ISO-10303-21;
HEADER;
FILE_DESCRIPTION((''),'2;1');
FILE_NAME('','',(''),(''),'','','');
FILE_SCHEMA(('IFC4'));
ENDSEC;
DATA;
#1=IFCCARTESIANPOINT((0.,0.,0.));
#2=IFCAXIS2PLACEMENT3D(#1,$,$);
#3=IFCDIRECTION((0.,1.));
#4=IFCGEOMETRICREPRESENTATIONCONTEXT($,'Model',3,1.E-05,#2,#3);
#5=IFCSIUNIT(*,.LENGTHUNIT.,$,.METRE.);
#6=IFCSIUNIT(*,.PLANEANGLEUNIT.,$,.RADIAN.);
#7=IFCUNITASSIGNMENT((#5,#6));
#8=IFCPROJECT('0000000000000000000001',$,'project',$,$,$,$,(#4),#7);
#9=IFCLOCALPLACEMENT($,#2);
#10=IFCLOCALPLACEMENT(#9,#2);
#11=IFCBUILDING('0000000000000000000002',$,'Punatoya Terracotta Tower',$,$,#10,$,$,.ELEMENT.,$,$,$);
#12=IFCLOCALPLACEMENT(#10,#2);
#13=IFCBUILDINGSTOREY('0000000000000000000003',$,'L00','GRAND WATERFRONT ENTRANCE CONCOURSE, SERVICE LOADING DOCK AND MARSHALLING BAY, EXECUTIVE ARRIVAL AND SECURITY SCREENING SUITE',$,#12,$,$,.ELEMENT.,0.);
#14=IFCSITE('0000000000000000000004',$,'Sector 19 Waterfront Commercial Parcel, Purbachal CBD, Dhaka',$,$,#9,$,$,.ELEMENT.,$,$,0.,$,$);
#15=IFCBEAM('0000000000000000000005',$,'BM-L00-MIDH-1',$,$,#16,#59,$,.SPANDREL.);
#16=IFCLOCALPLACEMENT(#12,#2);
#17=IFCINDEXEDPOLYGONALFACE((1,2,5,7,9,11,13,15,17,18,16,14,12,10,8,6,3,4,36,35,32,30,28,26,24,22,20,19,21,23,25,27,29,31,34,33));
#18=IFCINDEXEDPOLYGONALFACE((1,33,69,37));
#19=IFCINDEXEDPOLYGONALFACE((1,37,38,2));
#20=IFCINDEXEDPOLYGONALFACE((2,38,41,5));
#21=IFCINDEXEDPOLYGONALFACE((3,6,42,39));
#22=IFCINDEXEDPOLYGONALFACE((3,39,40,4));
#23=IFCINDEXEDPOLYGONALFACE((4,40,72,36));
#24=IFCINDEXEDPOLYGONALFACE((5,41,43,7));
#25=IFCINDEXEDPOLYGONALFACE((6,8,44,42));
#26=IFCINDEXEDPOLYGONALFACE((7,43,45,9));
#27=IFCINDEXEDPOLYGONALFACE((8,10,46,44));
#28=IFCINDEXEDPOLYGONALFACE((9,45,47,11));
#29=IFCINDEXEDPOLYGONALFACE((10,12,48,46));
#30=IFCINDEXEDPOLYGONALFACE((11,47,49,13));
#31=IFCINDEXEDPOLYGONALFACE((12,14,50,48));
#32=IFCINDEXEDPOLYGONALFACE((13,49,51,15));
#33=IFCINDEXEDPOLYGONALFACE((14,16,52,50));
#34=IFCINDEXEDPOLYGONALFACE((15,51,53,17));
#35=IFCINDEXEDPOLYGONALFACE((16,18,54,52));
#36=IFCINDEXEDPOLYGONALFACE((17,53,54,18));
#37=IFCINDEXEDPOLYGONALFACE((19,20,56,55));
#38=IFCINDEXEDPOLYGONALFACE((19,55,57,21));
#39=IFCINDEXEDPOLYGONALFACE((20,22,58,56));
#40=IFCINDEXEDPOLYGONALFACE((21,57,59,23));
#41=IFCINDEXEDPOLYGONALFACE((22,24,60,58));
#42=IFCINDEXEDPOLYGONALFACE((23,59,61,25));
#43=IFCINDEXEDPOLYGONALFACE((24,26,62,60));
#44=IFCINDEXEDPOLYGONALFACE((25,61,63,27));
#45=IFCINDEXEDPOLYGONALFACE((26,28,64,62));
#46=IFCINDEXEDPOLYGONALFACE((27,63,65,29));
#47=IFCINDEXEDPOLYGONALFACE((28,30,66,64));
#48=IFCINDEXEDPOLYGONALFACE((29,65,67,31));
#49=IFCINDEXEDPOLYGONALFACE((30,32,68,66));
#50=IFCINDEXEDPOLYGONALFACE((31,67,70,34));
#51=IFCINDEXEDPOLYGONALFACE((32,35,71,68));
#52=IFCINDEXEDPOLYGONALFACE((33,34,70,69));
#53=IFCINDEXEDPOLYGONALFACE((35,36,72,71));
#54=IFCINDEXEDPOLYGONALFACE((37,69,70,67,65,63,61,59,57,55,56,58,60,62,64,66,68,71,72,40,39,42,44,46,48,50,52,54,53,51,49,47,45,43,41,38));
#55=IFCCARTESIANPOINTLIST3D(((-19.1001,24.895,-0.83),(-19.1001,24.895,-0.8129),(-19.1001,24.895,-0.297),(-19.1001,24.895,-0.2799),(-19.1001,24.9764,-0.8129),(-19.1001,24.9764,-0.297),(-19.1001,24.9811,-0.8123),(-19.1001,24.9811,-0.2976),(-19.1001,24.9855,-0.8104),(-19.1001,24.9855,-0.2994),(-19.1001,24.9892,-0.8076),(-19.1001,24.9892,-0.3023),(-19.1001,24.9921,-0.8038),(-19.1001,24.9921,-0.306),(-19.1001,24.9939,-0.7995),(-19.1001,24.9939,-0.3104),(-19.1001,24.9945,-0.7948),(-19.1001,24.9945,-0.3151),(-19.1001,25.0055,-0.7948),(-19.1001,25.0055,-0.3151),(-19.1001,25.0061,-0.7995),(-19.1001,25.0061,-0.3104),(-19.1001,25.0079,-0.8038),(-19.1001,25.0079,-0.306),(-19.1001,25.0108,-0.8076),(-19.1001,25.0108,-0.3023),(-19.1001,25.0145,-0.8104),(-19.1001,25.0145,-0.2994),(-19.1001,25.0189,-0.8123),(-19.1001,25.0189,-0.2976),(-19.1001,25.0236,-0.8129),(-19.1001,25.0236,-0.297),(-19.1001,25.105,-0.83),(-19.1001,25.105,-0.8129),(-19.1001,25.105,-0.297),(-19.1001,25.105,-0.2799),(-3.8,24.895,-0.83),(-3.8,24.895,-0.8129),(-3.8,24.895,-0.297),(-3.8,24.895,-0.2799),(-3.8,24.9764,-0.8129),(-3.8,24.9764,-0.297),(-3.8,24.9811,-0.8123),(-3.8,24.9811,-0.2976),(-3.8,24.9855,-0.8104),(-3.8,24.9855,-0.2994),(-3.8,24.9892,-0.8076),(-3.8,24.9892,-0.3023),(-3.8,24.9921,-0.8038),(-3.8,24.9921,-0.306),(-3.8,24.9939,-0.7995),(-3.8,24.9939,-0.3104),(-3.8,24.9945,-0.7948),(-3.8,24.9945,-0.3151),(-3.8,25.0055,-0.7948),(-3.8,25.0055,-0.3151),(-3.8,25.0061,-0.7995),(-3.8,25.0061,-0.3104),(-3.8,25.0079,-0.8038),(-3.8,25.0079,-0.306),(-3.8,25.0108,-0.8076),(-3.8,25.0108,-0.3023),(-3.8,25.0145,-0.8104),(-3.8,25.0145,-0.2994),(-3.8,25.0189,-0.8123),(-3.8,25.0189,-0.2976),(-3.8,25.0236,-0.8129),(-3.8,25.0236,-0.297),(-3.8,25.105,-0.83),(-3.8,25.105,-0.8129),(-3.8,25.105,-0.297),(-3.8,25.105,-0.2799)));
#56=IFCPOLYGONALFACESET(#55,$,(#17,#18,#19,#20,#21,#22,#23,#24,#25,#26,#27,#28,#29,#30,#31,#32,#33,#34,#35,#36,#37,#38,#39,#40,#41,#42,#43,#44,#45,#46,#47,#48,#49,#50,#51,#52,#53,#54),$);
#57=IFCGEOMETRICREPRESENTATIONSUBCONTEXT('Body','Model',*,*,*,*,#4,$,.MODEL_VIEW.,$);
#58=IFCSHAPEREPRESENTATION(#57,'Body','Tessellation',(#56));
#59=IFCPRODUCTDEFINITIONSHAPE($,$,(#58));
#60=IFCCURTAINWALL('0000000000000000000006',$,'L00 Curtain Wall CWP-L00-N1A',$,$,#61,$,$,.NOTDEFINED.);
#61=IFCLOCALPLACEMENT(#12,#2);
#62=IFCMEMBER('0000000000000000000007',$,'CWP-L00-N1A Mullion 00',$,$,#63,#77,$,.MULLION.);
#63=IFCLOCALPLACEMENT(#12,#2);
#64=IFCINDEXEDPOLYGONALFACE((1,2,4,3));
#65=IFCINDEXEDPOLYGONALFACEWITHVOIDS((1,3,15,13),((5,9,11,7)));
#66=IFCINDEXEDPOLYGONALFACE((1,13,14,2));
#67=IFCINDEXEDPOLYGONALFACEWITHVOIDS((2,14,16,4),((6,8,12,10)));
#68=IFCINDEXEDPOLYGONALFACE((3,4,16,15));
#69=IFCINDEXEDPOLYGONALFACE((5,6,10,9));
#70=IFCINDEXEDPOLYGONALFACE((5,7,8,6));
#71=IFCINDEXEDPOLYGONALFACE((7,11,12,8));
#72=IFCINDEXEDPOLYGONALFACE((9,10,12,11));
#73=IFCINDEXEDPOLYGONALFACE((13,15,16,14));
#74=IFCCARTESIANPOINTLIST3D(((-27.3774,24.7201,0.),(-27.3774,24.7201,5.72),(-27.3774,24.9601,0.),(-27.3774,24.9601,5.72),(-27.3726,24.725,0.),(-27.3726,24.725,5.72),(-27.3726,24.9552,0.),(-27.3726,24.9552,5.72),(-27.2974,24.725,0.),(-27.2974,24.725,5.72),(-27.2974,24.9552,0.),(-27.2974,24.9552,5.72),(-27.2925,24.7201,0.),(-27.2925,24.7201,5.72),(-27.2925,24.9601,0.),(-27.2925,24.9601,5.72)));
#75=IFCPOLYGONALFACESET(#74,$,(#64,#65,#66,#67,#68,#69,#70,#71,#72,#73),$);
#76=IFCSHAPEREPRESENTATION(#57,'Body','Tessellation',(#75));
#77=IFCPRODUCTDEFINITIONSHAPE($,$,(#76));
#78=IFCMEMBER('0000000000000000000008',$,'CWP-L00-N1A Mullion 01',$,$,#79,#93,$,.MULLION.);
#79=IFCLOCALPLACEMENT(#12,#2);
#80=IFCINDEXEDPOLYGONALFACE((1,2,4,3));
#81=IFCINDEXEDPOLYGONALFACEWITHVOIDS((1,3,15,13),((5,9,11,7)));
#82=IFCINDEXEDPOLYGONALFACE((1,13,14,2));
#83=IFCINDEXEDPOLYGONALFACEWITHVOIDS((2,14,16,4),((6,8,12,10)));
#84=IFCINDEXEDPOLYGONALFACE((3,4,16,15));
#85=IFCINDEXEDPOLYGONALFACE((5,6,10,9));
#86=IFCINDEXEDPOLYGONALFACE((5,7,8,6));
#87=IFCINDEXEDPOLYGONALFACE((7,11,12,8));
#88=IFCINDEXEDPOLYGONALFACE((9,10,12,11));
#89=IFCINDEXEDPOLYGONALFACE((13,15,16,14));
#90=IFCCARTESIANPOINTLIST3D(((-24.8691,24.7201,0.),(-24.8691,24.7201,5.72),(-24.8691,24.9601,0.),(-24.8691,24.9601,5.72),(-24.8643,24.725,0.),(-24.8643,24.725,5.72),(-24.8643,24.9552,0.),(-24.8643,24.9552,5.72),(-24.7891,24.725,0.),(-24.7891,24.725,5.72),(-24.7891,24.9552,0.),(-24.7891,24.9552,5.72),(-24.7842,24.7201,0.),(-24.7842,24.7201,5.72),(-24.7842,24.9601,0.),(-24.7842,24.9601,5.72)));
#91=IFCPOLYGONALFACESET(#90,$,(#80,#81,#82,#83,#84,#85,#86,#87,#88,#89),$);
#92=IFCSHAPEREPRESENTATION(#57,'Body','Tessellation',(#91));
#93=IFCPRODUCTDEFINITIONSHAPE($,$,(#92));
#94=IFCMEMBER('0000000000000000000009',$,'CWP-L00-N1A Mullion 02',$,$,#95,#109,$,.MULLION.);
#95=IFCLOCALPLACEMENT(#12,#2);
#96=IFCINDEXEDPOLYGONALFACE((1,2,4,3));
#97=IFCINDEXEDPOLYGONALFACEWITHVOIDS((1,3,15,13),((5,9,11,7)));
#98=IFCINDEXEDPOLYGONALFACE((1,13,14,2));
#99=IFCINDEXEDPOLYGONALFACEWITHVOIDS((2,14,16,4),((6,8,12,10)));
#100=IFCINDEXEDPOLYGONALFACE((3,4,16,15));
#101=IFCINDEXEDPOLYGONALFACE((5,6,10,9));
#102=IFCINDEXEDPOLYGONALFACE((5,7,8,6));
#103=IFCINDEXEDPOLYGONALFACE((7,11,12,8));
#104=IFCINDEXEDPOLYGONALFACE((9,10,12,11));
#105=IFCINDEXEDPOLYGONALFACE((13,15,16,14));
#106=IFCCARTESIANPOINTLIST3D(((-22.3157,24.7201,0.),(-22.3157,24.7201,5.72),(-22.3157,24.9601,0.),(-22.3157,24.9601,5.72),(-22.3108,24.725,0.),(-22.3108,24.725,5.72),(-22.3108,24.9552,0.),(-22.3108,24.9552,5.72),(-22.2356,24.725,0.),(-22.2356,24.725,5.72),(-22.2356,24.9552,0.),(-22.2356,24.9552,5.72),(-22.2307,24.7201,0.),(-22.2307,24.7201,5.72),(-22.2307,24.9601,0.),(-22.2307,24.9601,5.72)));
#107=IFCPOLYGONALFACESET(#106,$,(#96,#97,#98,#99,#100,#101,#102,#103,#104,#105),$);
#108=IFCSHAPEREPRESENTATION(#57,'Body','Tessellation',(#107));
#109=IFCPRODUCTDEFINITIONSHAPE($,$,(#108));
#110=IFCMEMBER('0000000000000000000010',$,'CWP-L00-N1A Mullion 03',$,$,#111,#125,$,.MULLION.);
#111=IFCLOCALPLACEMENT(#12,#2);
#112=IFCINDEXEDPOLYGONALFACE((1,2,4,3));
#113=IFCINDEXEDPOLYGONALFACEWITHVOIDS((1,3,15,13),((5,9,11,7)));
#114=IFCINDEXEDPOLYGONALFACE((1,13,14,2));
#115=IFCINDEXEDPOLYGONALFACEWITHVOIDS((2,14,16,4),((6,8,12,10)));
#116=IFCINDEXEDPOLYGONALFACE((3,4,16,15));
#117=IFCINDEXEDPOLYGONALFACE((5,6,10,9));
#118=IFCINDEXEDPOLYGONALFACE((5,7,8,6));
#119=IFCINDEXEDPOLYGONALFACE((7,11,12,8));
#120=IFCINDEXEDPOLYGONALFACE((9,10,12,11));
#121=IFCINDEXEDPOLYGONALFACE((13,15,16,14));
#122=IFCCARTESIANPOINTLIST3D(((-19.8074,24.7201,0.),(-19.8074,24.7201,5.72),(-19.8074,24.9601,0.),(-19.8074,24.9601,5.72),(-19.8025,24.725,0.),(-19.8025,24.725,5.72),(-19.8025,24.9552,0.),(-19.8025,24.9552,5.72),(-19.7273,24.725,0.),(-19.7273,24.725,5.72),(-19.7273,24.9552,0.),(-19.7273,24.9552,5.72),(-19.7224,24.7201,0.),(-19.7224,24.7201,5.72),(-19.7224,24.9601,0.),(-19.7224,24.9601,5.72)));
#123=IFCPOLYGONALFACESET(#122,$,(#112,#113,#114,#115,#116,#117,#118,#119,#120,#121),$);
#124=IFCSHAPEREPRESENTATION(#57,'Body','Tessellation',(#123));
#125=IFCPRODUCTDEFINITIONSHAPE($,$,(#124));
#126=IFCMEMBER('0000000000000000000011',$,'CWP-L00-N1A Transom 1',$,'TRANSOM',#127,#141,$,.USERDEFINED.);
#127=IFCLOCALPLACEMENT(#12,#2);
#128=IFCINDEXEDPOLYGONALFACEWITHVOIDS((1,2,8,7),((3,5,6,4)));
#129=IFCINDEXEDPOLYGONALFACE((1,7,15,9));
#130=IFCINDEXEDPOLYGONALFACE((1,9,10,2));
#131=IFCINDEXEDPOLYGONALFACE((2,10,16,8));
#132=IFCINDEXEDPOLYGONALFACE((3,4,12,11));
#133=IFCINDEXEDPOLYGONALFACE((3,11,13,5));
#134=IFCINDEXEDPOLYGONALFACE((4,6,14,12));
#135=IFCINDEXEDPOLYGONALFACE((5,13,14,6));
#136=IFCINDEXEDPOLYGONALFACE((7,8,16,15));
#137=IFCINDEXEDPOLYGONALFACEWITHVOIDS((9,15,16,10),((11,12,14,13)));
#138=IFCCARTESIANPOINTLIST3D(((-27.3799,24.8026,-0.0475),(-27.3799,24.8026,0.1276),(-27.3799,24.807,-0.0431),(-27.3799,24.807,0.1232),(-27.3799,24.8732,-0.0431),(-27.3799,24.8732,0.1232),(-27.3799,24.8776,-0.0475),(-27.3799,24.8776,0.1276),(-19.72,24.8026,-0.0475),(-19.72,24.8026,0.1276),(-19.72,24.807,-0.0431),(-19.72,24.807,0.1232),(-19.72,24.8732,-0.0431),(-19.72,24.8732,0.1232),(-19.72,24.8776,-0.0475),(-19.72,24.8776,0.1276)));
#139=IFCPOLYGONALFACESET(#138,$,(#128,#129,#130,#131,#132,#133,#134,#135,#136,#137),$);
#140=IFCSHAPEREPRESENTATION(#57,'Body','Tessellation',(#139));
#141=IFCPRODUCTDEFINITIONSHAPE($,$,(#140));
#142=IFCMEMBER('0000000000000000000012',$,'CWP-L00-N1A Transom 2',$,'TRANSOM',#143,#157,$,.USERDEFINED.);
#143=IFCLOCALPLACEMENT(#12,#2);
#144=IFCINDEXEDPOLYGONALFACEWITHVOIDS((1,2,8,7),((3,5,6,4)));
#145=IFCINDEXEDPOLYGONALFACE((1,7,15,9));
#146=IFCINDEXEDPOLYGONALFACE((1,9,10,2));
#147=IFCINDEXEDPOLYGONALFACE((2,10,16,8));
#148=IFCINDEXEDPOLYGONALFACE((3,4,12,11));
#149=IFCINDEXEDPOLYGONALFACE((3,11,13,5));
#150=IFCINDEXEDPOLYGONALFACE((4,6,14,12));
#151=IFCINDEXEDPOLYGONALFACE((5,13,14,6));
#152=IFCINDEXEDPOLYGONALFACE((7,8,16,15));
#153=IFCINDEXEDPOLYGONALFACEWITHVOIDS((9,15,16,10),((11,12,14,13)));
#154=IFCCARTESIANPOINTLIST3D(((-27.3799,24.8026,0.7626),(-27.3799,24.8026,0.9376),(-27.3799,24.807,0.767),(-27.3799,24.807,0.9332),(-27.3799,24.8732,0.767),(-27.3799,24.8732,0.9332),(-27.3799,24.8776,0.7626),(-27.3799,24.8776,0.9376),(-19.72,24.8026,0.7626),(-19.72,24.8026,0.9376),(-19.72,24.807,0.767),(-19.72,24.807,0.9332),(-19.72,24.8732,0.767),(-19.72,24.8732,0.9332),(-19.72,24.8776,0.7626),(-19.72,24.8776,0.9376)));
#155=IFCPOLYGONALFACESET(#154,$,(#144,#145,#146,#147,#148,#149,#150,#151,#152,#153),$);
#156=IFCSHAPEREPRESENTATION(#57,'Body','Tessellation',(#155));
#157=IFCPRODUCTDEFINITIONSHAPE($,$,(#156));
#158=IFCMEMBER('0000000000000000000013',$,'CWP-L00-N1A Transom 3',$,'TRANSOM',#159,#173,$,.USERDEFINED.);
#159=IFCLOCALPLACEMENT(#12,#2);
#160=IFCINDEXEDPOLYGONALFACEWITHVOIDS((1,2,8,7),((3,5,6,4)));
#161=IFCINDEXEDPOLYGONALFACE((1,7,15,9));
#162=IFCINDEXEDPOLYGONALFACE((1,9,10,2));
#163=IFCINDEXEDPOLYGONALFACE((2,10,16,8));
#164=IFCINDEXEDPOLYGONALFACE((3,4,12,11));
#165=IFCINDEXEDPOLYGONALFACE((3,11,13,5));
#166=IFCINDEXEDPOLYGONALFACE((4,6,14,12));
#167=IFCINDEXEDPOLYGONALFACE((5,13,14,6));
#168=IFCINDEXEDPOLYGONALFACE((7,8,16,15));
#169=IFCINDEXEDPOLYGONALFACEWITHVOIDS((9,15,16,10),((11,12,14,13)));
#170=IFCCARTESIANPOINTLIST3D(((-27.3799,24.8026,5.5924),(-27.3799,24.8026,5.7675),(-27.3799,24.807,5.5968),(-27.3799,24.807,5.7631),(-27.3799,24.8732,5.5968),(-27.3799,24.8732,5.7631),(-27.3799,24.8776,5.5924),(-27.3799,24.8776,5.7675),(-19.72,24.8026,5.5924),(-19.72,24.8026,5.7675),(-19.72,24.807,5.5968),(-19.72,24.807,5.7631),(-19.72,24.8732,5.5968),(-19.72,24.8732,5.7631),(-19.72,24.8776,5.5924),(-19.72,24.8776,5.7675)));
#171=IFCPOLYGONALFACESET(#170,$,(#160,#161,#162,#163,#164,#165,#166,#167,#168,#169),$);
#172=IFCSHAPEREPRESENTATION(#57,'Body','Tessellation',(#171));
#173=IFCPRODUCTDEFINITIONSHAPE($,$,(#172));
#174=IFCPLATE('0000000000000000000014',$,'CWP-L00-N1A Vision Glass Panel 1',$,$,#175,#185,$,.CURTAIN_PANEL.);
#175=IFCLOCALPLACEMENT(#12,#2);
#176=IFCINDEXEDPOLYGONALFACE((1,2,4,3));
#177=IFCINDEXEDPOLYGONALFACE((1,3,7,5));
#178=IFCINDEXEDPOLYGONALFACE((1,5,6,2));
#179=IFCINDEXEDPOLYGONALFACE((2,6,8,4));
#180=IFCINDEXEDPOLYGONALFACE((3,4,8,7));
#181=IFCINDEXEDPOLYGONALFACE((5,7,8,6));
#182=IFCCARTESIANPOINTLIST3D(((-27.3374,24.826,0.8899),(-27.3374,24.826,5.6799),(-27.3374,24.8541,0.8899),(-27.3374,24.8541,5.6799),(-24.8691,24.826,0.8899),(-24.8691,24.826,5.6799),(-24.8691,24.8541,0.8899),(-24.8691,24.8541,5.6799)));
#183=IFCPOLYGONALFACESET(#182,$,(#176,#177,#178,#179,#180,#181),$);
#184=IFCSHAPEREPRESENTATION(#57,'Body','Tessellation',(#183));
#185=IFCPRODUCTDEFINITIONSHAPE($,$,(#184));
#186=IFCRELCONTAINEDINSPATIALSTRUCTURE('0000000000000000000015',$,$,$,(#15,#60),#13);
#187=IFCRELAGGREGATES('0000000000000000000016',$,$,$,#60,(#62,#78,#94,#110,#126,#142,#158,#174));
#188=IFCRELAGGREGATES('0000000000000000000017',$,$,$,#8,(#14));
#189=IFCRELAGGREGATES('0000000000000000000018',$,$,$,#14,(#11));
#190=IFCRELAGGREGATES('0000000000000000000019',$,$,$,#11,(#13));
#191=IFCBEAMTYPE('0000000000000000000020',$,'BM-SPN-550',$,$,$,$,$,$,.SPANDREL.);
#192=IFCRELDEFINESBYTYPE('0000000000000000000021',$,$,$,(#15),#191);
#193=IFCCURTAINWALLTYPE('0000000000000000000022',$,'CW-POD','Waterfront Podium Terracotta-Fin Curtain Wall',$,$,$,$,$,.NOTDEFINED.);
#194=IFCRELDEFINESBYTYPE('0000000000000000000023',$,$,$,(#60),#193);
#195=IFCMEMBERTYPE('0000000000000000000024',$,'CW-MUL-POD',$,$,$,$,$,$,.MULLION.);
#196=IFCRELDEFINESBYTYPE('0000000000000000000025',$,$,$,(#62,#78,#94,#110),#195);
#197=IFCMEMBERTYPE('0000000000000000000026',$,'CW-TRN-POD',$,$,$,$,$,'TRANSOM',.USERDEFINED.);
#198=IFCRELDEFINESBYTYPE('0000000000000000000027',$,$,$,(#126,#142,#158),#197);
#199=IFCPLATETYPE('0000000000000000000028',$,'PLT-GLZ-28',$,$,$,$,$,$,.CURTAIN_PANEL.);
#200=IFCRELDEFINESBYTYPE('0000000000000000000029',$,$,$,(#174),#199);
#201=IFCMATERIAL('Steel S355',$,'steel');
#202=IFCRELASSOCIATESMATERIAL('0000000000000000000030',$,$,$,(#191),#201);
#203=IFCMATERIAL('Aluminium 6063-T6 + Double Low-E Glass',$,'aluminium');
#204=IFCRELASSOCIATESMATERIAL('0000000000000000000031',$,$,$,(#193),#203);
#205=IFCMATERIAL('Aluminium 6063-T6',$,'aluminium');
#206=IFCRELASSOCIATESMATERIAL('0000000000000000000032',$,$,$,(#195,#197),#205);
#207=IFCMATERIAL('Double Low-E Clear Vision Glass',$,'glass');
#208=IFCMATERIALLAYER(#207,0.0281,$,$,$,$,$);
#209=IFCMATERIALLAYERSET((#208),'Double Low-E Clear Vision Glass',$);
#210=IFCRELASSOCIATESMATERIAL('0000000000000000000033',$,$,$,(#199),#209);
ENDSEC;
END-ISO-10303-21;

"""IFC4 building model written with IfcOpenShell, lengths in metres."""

from ifc_helpers import new_model, si_unit, direction, frame, origin, origin_2d, place, context, subcontext, project, spatial, rectangle, hollow_rectangle, i_section, extrude, material, layer, layer_set, material_profile, profile_set, type_object, element, aggregate, save


model = new_model("IFC4")

# Units and contexts
model_context = context("Model", 3, precision=1e-05, world=origin(), true_north=direction((0.0, 1.0)))
body_context = subcontext(model_context, "Body", "Model", "MODEL_VIEW")
ifc_project = project(units=[si_unit("LENGTHUNIT", "METRE"), si_unit("PLANEANGLEUNIT", "RADIAN")], contexts=[model_context])

# Site, building, storey
site_placement = place(None, origin())
site = spatial("IfcSite", under=ifc_project, at=site_placement, Name="Sector 19 Waterfront Commercial Parcel, Purbachal CBD, Dhaka", CompositionType="ELEMENT", RefElevation=0.0)
building_placement = place(site_placement, origin())
building = spatial("IfcBuilding", under=site, at=building_placement, Name="Punatoya Terracotta Tower", CompositionType="ELEMENT")
storey_placement = place(building_placement, origin())
storey = spatial("IfcBuildingStorey", under=building, at=storey_placement, Name="L00", Description="GRAND WATERFRONT ENTRANCE CONCOURSE, SERVICE LOADING DOCK AND MARSHALLING BAY, EXECUTIVE ARRIVAL AND SECURITY SCREENING SUITE", CompositionType="ELEMENT", Elevation=0.0)

# Beam
ifc_material_1 = material(Name="Steel S355", Category="steel")
ifc_material_profile_1 = material_profile(ifc_material_1, i_section(OverallWidth=0.21, OverallDepth=0.55, WebThickness=0.011, FlangeThickness=0.0171, FilletRadius=0.0181, at=origin_2d()))
ifc_profile_set_1 = profile_set([ifc_material_profile_1], Name="Steel S355")
beam_type_1 = type_object("IfcBeamType", Name="BM-SPN-550", PredefinedType="SPANDREL", material=ifc_profile_set_1)
beam_1_placement = place(storey_placement, frame((-19.1001, 25.0, -0.5549), z_axis=(1.0, 0.0, 0.0), x_axis=(0.0, 1.0, 0.0)))
element("IfcBeam", 1, at=beam_1_placement, inside=storey, type_object=beam_type_1, Name="BM-L00-MIDH-1", PredefinedType="SPANDREL", context=body_context, shape_type="SweptSolid", body=[
    extrude(i_section(OverallWidth=0.21, OverallDepth=0.55, WebThickness=0.011, FlangeThickness=0.0171, FilletRadius=0.0181, at=origin_2d()), origin(), (0.0, 0.0, 1.0), 15.3),
])

# Curtain wall, members, plate
ifc_material_2 = material(Name="Aluminium 6063-T6 + Double Low-E Glass", Category="aluminium")
curtain_wall_type = type_object("IfcCurtainWallType", Name="CW-POD", Description="Waterfront Podium Terracotta-Fin Curtain Wall", PredefinedType="NOTDEFINED", material=ifc_material_2)
curtain_wall_placement = place(storey_placement, origin())
curtain_wall = element("IfcCurtainWall", 2, at=curtain_wall_placement, inside=storey, type_object=curtain_wall_type, Name="L00 Curtain Wall CWP-L00-N1A", PredefinedType="NOTDEFINED")
ifc_material_3 = material(Name="Aluminium 6063-T6", Category="aluminium")
ifc_material_profile_2 = material_profile(ifc_material_3, hollow_rectangle(XDim=0.085, YDim=0.24, WallThickness=0.0049, at=origin_2d()))
ifc_profile_set_2 = profile_set([ifc_material_profile_2], Name="Aluminium 6063-T6")
member_type_1 = type_object("IfcMemberType", Name="CW-MUL-POD", PredefinedType="MULLION", material=ifc_profile_set_2)
member_1_placement = place(storey_placement, frame((-27.335, 24.8401, 0.0), z_axis=(0.0, 0.0, 1.0), x_axis=(1.0, 0.0, 0.0)))
member_1 = element("IfcMember", 3, at=member_1_placement, type_object=member_type_1, Name="CWP-L00-N1A Mullion 00", PredefinedType="MULLION", context=body_context, shape_type="SweptSolid", body=[
    extrude(hollow_rectangle(XDim=0.085, YDim=0.24, WallThickness=0.0049, at=origin_2d()), origin(), (0.0, 0.0, 1.0), 5.72),
])
member_2_placement = place(storey_placement, frame((-24.8267, 24.8401, 0.0), z_axis=(0.0, 0.0, 1.0), x_axis=(1.0, 0.0, 0.0)))
member_2 = element("IfcMember", 4, at=member_2_placement, type_object=member_type_1, Name="CWP-L00-N1A Mullion 01", PredefinedType="MULLION", context=body_context, shape_type="SweptSolid", body=[
    extrude(hollow_rectangle(XDim=0.085, YDim=0.24, WallThickness=0.0049, at=origin_2d()), origin(), (0.0, 0.0, 1.0), 5.72),
])
member_3_placement = place(storey_placement, frame((-22.2732, 24.8401, 0.0), z_axis=(0.0, 0.0, 1.0), x_axis=(1.0, 0.0, 0.0)))
member_3 = element("IfcMember", 5, at=member_3_placement, type_object=member_type_1, Name="CWP-L00-N1A Mullion 02", PredefinedType="MULLION", context=body_context, shape_type="SweptSolid", body=[
    extrude(hollow_rectangle(XDim=0.085, YDim=0.24, WallThickness=0.0049, at=origin_2d()), origin(), (0.0, 0.0, 1.0), 5.72),
])
member_4_placement = place(storey_placement, frame((-19.7649, 24.8401, 0.0), z_axis=(0.0, 0.0, 1.0), x_axis=(1.0, 0.0, 0.0)))
member_4 = element("IfcMember", 6, at=member_4_placement, type_object=member_type_1, Name="CWP-L00-N1A Mullion 03", PredefinedType="MULLION", context=body_context, shape_type="SweptSolid", body=[
    extrude(hollow_rectangle(XDim=0.085, YDim=0.24, WallThickness=0.0049, at=origin_2d()), origin(), (0.0, 0.0, 1.0), 5.72),
])
ifc_material_profile_3 = material_profile(ifc_material_3, hollow_rectangle(XDim=0.075, YDim=0.175, WallThickness=0.0044, at=origin_2d()))
ifc_profile_set_3 = profile_set([ifc_material_profile_3], Name="Aluminium 6063-T6")
member_type_2 = type_object("IfcMemberType", Name="CW-TRN-POD", ElementType="TRANSOM", PredefinedType="USERDEFINED", material=ifc_profile_set_3)
member_5_placement = place(storey_placement, frame((-27.3799, 24.8401, 0.04), z_axis=(1.0, 0.0, 0.0), x_axis=(0.0, 1.0, 0.0)))
member_5 = element("IfcMember", 7, at=member_5_placement, type_object=member_type_2, Name="CWP-L00-N1A Transom 1", ObjectType="TRANSOM", PredefinedType="USERDEFINED", context=body_context, shape_type="SweptSolid", body=[
    extrude(hollow_rectangle(XDim=0.075, YDim=0.175, WallThickness=0.0044, at=origin_2d()), origin(), (0.0, 0.0, 1.0), 7.6599),
])
member_6_placement = place(storey_placement, frame((-27.3799, 24.8401, 0.8501), z_axis=(1.0, 0.0, 0.0), x_axis=(0.0, 1.0, 0.0)))
member_6 = element("IfcMember", 8, at=member_6_placement, type_object=member_type_2, Name="CWP-L00-N1A Transom 2", ObjectType="TRANSOM", PredefinedType="USERDEFINED", context=body_context, shape_type="SweptSolid", body=[
    extrude(hollow_rectangle(XDim=0.075, YDim=0.175, WallThickness=0.0044, at=origin_2d()), origin(), (0.0, 0.0, 1.0), 7.6599),
])
member_7_placement = place(storey_placement, frame((-27.3799, 24.8401, 5.6799), z_axis=(1.0, 0.0, 0.0), x_axis=(0.0, 1.0, 0.0)))
member_7 = element("IfcMember", 9, at=member_7_placement, type_object=member_type_2, Name="CWP-L00-N1A Transom 3", ObjectType="TRANSOM", PredefinedType="USERDEFINED", context=body_context, shape_type="SweptSolid", body=[
    extrude(hollow_rectangle(XDim=0.075, YDim=0.175, WallThickness=0.0044, at=origin_2d()), origin(), (0.0, 0.0, 1.0), 7.6599),
])
ifc_material_4 = material(Name="Double Low-E Clear Vision Glass", Category="glass")
ifc_layer_1 = layer(ifc_material_4, 0.0281)
ifc_layer_set_1 = layer_set([ifc_layer_1], Name="Double Low-E Clear Vision Glass")
plate_type_1 = type_object("IfcPlateType", Name="PLT-GLZ-28", PredefinedType="CURTAIN_PANEL", material=ifc_layer_set_1)
plate_1_placement = place(storey_placement, frame((-26.1033, 24.8401, 0.8899), z_axis=(0.0, 0.0, 1.0), x_axis=(1.0, 0.0, 0.0)))
plate_1 = element("IfcPlate", 10, at=plate_1_placement, type_object=plate_type_1, Name="CWP-L00-N1A Vision Glass Panel 1", PredefinedType="CURTAIN_PANEL", context=body_context, shape_type="SweptSolid", body=[
    extrude(rectangle(XDim=2.4683, YDim=0.0281, at=origin_2d()), origin(), (0.0, 0.0, 1.0), 4.79),
])
aggregate(curtain_wall, [member_1, member_2, member_3, member_4, member_5, member_6, member_7, plate_1])

save(model, "model.ifc")
